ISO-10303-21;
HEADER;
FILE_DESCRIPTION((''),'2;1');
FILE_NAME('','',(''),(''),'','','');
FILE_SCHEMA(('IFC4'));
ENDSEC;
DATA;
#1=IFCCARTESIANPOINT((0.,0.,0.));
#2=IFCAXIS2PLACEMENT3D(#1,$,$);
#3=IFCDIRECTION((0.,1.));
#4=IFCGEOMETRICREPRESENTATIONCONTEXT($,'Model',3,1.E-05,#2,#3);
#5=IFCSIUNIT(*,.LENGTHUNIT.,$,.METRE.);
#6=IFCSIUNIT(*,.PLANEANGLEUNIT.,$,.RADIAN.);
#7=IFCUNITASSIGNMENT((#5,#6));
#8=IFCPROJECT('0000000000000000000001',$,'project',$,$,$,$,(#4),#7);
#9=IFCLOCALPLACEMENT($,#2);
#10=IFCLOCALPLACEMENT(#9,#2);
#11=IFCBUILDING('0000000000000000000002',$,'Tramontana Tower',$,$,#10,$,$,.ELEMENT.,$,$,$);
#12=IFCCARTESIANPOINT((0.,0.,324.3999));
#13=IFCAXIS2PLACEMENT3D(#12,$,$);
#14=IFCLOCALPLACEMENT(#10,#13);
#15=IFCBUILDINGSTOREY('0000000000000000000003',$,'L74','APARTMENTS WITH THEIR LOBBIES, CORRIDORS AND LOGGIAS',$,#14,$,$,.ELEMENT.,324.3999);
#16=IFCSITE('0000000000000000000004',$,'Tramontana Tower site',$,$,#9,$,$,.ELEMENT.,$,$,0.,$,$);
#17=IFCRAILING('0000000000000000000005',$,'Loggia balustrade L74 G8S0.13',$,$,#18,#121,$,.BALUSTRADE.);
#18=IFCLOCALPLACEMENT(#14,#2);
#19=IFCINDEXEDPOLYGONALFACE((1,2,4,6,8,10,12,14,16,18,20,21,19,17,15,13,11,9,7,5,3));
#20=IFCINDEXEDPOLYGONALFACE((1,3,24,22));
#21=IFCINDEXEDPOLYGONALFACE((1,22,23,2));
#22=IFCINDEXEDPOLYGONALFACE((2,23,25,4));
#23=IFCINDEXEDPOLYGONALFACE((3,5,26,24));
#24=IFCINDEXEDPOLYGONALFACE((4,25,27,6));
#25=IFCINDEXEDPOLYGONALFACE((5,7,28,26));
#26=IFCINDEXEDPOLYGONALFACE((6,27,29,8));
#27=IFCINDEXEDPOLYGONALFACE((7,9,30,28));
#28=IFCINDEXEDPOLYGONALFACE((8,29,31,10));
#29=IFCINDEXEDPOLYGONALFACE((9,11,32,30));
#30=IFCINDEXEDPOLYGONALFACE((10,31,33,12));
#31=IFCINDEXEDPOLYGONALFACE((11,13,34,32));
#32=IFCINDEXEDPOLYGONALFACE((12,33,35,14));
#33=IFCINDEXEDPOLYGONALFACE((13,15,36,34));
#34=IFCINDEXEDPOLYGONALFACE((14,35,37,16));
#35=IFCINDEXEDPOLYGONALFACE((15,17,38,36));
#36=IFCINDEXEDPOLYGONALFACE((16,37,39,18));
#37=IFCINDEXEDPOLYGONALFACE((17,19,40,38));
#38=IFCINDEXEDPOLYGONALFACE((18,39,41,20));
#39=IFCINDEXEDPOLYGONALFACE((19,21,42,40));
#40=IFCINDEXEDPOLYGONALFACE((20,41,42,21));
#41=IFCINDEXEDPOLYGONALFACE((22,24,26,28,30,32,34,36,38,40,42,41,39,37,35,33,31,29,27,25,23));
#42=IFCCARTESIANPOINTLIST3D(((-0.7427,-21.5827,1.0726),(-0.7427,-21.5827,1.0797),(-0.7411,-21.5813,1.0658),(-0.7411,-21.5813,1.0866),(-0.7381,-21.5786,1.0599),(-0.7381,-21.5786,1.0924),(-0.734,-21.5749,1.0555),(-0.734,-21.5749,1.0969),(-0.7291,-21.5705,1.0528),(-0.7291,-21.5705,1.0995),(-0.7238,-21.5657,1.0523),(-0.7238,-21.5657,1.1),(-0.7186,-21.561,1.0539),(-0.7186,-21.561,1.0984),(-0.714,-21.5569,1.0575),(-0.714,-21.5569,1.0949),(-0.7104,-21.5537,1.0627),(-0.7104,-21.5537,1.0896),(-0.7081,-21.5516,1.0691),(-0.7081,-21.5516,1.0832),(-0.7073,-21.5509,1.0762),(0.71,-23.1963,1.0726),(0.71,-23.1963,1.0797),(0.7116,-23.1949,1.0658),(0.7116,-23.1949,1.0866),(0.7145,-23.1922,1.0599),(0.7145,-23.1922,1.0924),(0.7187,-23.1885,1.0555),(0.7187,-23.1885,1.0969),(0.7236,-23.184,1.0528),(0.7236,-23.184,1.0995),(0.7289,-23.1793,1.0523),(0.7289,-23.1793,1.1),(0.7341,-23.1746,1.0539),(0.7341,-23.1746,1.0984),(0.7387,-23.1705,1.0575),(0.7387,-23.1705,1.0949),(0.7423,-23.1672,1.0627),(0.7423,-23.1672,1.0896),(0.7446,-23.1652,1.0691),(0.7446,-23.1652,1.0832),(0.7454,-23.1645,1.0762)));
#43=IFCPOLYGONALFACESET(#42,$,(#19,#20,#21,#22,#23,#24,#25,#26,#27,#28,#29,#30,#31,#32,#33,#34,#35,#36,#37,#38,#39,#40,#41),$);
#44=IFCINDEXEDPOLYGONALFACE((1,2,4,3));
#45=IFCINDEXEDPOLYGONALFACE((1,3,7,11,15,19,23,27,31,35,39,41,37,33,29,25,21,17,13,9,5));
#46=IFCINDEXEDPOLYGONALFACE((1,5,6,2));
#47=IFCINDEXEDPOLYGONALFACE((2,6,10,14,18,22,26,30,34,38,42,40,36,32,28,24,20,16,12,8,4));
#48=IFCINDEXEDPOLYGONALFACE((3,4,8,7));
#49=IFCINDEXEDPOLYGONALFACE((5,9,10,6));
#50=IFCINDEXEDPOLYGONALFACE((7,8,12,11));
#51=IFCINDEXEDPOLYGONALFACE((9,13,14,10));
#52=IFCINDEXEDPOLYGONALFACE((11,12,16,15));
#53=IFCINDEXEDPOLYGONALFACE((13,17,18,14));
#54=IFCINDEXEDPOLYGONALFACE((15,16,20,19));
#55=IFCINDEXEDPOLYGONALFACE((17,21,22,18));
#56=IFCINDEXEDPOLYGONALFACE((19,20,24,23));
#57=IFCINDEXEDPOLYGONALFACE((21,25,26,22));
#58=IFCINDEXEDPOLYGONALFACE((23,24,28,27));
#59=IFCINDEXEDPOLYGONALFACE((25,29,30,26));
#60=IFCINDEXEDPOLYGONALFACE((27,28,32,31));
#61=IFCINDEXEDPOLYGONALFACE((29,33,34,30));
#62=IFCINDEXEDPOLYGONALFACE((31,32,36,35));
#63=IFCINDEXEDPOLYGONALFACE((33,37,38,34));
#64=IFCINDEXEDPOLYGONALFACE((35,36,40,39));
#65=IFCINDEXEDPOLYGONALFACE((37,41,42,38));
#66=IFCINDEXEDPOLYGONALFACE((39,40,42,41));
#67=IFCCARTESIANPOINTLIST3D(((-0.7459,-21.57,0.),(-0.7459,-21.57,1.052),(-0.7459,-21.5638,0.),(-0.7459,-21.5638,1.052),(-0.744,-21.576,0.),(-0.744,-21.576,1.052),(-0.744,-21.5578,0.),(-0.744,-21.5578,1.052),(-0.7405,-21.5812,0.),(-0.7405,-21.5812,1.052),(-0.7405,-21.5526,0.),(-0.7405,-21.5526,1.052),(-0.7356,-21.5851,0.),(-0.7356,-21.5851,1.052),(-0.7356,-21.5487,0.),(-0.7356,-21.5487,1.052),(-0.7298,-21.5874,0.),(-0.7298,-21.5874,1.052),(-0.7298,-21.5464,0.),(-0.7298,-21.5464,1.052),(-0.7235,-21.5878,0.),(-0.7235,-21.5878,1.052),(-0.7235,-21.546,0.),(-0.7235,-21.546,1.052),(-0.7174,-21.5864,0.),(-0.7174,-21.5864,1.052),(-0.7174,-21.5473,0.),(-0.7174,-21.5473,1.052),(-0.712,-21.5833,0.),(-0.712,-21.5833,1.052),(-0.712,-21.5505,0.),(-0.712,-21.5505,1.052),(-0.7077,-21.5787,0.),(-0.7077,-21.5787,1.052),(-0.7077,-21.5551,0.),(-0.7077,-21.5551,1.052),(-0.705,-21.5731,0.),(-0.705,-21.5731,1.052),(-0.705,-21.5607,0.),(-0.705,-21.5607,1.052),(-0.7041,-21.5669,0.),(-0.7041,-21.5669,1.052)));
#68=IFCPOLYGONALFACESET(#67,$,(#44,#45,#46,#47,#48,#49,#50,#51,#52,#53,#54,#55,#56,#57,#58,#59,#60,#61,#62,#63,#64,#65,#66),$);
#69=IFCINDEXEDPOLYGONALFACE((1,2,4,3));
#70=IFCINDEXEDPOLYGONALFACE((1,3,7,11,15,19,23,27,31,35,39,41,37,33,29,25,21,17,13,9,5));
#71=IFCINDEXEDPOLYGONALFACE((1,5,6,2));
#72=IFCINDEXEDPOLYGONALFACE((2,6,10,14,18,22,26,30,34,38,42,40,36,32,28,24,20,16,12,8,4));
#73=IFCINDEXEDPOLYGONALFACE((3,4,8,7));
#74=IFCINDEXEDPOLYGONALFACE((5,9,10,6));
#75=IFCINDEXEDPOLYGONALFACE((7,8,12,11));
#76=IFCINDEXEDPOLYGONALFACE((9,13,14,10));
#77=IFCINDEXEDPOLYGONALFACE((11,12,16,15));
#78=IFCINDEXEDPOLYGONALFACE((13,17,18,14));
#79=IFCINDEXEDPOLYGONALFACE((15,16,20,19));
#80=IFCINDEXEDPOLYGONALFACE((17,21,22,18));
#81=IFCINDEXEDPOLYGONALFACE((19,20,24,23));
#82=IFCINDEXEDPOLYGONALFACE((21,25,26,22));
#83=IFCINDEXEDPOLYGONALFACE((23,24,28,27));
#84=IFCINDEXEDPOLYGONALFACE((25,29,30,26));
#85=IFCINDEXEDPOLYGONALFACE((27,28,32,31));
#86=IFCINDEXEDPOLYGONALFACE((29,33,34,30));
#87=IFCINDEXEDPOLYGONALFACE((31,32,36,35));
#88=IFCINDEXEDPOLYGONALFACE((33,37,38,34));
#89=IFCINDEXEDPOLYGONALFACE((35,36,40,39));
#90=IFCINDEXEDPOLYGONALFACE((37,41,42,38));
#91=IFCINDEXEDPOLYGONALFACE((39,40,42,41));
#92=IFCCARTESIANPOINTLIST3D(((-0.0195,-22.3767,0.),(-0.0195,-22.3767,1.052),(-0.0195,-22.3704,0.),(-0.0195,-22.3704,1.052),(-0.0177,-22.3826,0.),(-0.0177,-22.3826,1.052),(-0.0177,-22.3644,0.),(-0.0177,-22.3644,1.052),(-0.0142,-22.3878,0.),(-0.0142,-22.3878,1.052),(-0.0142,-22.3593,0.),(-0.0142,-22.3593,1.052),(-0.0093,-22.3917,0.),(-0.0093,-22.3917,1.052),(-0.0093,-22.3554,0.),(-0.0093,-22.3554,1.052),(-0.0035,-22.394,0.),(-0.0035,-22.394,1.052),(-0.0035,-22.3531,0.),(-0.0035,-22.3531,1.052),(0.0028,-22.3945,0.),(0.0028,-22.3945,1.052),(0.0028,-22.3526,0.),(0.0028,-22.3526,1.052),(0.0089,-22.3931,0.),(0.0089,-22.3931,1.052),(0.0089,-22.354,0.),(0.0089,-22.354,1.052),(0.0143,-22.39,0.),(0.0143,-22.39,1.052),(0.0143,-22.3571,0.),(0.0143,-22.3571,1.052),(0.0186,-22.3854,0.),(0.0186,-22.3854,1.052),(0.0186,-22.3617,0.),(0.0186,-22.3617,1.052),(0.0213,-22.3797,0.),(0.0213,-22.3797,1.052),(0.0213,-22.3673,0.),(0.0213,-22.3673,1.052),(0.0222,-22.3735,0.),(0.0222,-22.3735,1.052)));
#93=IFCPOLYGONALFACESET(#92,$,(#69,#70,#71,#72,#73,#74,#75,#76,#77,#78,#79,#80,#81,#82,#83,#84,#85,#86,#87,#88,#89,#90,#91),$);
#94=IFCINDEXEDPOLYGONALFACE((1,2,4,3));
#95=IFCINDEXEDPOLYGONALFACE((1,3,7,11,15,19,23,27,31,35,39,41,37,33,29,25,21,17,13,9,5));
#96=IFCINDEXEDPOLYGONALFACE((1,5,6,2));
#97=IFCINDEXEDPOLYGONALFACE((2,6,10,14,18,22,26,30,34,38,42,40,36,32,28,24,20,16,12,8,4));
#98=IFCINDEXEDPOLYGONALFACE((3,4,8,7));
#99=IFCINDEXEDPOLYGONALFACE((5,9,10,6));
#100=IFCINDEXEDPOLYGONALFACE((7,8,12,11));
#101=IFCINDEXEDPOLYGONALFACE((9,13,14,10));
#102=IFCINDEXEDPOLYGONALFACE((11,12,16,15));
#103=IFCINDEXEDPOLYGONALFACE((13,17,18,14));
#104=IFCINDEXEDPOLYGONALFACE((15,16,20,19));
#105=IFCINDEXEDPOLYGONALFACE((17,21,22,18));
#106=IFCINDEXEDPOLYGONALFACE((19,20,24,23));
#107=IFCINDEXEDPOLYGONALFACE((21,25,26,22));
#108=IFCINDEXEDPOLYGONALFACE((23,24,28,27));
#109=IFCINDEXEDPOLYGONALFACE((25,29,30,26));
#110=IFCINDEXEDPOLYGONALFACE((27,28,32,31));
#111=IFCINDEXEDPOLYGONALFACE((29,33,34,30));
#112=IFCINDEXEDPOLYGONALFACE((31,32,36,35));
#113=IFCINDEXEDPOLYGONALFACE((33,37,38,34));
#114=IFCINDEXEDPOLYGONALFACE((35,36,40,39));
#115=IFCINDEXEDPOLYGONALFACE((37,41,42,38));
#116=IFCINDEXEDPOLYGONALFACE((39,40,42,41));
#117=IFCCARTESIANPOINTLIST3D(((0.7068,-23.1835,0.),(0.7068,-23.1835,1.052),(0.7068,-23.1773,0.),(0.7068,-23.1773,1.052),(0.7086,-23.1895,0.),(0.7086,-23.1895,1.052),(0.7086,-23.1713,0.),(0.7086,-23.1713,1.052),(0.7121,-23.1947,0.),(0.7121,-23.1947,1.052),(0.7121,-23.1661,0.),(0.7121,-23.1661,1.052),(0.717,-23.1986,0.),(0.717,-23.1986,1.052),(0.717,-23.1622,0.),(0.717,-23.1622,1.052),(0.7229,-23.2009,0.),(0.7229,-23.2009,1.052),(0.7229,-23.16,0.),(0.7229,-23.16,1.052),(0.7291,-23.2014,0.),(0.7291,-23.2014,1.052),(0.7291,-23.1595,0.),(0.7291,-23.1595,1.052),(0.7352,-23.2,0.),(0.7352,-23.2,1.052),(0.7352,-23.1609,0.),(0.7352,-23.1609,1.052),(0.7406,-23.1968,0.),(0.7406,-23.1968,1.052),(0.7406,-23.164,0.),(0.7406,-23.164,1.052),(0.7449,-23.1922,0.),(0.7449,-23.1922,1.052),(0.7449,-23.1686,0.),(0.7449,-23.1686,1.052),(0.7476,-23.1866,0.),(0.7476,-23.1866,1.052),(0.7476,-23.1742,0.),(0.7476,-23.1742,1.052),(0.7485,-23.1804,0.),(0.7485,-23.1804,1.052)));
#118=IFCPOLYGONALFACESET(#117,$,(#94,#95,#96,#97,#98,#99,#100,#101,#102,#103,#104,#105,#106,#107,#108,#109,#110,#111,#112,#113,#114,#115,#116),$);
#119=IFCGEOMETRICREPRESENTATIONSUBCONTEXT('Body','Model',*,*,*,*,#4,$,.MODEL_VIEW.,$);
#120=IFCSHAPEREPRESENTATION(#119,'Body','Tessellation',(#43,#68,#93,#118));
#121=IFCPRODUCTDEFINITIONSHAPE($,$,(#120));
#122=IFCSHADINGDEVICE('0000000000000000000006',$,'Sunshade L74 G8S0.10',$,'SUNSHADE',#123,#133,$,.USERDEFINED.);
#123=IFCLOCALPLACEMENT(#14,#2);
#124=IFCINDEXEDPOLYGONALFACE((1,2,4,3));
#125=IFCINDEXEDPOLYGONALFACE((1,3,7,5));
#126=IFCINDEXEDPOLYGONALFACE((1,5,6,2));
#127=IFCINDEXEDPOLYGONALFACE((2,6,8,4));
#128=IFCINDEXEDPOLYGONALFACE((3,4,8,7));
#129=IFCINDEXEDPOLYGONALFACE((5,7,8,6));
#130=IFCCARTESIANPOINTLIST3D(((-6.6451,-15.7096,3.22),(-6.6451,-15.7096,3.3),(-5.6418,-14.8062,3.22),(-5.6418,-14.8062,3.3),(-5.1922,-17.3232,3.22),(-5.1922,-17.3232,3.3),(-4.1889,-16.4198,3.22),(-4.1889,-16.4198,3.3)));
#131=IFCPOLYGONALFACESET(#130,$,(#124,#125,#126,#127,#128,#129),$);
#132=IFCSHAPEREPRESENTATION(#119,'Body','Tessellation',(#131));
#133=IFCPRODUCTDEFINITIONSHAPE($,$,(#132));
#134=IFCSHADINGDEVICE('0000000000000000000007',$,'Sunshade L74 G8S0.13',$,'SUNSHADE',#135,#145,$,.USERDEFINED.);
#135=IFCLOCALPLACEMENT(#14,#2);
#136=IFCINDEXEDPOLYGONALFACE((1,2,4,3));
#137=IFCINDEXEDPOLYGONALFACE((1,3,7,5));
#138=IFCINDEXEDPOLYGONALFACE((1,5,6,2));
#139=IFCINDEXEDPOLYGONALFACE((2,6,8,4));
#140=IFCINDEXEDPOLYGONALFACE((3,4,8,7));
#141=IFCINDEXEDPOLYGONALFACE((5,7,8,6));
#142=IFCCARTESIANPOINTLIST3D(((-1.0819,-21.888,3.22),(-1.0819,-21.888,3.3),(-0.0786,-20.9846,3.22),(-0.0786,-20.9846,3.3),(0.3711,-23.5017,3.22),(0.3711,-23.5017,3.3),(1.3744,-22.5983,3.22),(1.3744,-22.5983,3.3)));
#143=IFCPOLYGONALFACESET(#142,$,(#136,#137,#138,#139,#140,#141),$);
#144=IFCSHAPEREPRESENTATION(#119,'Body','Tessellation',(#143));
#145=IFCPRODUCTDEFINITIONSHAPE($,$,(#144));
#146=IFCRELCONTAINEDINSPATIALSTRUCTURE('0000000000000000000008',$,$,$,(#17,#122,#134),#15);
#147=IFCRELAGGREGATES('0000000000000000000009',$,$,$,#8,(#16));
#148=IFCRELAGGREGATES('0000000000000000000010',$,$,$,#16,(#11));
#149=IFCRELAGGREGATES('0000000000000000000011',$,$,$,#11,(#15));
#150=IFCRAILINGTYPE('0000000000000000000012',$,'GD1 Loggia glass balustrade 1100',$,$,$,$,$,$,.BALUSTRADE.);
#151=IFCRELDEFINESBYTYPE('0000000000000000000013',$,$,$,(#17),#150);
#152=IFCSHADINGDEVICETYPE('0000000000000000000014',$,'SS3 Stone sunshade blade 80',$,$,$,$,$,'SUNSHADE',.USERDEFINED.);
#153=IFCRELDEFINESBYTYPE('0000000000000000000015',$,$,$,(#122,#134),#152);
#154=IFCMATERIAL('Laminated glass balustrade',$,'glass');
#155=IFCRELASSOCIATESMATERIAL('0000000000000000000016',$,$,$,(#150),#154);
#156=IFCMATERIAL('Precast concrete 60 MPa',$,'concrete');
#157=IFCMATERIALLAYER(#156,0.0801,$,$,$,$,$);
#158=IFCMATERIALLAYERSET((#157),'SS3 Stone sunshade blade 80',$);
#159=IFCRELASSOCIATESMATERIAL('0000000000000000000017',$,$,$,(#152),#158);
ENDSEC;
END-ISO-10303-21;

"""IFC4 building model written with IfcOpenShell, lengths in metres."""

from ifc_helpers import new_model, si_unit, direction, frame, origin, origin_2d, place, context, subcontext, project, spatial, rectangle, circle, extrude, material, layer, layer_set, type_object, element, save


model = new_model("IFC4")

# Units and contexts
model_context = context("Model", 3, precision=1e-05, world=origin(), true_north=direction((0.0, 1.0)))
body_context = subcontext(model_context, "Body", "Model", "MODEL_VIEW")
ifc_project = project(units=[si_unit("LENGTHUNIT", "METRE"), si_unit("PLANEANGLEUNIT", "RADIAN")], contexts=[model_context])

# Site, building, storey
site_placement = place(None, origin())
site = spatial("IfcSite", under=ifc_project, at=site_placement, Name="Tramontana Tower site", CompositionType="ELEMENT", RefElevation=0.0)
building_placement = place(site_placement, origin())
building = spatial("IfcBuilding", under=site, at=building_placement, Name="Tramontana Tower", CompositionType="ELEMENT")
storey_placement = place(building_placement, frame((0.0, 0.0, 324.3999)))
storey = spatial("IfcBuildingStorey", under=building, at=storey_placement, Name="L74", Description="APARTMENTS WITH THEIR LOBBIES, CORRIDORS AND LOGGIAS", CompositionType="ELEMENT", Elevation=324.3999)

# Railing
ifc_material_1 = material(Name="Laminated glass balustrade", Category="glass")
railing_type = type_object("IfcRailingType", Name="GD1 Loggia glass balustrade 1100", PredefinedType="BALUSTRADE", material=ifc_material_1)
railing_1_placement = place(storey_placement, frame((-0.7251, -21.5669, 0.0)))
element("IfcRailing", 1, at=railing_1_placement, inside=storey, type_object=railing_type, Name="Loggia balustrade L74 G8S0.13", PredefinedType="BALUSTRADE", context=body_context, shape_type="SweptSolid", body=[
    extrude(circle(Radius=0.0239, at=origin_2d()), frame((0.0, 0.0, 1.0762), z_axis=(0.669083, -0.743188, 0.0), x_axis=(0.743188, 0.669083, 0.0)), (0.0, 0.0, 1.0), 2.1711),
    extrude(circle(Radius=0.021, at=origin_2d()), origin(), (0.0, 0.0, 1.0), 1.052),
    extrude(circle(Radius=0.021, at=origin_2d()), frame((0.7263, -0.8066, 0.0)), (0.0, 0.0, 1.0), 1.052),
    extrude(circle(Radius=0.021, at=origin_2d()), frame((1.4526, -1.6135, 0.0)), (0.0, 0.0, 1.0), 1.052),
])

# Shading devices
ifc_material_2 = material(Name="Precast concrete 60 MPa", Category="concrete")
ifc_layer_1 = layer(ifc_material_2, 0.0801)
ifc_layer_set_1 = layer_set([ifc_layer_1], Name="SS3 Stone sunshade blade 80")
shading_device_type = type_object("IfcShadingDeviceType", Name="SS3 Stone sunshade blade 80", ElementType="SUNSHADE", PredefinedType="USERDEFINED", material=ifc_layer_set_1)
for number, where, z_axis, x_axis, name in (
    (2, (-5.417, -16.0647, 3.22), (0.0, 0.0, 1.0), (0.669131, -0.743145, 0.0), "Sunshade L74 G8S0.10"),
    (3, (0.1462, -22.2432, 3.22), (0.0, 0.0, 1.0), (0.669131, -0.743145, 0.0), "Sunshade L74 G8S0.13"),
):
    element("IfcShadingDevice", number, at=place(storey_placement, frame(where, z_axis=z_axis, x_axis=x_axis)), inside=storey, type_object=shading_device_type, Name=name, ObjectType="SUNSHADE", PredefinedType="USERDEFINED", context=body_context, shape_type="SweptSolid", body=[
        extrude(rectangle(XDim=2.1714, YDim=1.3501, at=origin_2d()), origin(), (0.0, 0.0, 1.0), 0.0801),
    ])

save(model, "model.ifc")
